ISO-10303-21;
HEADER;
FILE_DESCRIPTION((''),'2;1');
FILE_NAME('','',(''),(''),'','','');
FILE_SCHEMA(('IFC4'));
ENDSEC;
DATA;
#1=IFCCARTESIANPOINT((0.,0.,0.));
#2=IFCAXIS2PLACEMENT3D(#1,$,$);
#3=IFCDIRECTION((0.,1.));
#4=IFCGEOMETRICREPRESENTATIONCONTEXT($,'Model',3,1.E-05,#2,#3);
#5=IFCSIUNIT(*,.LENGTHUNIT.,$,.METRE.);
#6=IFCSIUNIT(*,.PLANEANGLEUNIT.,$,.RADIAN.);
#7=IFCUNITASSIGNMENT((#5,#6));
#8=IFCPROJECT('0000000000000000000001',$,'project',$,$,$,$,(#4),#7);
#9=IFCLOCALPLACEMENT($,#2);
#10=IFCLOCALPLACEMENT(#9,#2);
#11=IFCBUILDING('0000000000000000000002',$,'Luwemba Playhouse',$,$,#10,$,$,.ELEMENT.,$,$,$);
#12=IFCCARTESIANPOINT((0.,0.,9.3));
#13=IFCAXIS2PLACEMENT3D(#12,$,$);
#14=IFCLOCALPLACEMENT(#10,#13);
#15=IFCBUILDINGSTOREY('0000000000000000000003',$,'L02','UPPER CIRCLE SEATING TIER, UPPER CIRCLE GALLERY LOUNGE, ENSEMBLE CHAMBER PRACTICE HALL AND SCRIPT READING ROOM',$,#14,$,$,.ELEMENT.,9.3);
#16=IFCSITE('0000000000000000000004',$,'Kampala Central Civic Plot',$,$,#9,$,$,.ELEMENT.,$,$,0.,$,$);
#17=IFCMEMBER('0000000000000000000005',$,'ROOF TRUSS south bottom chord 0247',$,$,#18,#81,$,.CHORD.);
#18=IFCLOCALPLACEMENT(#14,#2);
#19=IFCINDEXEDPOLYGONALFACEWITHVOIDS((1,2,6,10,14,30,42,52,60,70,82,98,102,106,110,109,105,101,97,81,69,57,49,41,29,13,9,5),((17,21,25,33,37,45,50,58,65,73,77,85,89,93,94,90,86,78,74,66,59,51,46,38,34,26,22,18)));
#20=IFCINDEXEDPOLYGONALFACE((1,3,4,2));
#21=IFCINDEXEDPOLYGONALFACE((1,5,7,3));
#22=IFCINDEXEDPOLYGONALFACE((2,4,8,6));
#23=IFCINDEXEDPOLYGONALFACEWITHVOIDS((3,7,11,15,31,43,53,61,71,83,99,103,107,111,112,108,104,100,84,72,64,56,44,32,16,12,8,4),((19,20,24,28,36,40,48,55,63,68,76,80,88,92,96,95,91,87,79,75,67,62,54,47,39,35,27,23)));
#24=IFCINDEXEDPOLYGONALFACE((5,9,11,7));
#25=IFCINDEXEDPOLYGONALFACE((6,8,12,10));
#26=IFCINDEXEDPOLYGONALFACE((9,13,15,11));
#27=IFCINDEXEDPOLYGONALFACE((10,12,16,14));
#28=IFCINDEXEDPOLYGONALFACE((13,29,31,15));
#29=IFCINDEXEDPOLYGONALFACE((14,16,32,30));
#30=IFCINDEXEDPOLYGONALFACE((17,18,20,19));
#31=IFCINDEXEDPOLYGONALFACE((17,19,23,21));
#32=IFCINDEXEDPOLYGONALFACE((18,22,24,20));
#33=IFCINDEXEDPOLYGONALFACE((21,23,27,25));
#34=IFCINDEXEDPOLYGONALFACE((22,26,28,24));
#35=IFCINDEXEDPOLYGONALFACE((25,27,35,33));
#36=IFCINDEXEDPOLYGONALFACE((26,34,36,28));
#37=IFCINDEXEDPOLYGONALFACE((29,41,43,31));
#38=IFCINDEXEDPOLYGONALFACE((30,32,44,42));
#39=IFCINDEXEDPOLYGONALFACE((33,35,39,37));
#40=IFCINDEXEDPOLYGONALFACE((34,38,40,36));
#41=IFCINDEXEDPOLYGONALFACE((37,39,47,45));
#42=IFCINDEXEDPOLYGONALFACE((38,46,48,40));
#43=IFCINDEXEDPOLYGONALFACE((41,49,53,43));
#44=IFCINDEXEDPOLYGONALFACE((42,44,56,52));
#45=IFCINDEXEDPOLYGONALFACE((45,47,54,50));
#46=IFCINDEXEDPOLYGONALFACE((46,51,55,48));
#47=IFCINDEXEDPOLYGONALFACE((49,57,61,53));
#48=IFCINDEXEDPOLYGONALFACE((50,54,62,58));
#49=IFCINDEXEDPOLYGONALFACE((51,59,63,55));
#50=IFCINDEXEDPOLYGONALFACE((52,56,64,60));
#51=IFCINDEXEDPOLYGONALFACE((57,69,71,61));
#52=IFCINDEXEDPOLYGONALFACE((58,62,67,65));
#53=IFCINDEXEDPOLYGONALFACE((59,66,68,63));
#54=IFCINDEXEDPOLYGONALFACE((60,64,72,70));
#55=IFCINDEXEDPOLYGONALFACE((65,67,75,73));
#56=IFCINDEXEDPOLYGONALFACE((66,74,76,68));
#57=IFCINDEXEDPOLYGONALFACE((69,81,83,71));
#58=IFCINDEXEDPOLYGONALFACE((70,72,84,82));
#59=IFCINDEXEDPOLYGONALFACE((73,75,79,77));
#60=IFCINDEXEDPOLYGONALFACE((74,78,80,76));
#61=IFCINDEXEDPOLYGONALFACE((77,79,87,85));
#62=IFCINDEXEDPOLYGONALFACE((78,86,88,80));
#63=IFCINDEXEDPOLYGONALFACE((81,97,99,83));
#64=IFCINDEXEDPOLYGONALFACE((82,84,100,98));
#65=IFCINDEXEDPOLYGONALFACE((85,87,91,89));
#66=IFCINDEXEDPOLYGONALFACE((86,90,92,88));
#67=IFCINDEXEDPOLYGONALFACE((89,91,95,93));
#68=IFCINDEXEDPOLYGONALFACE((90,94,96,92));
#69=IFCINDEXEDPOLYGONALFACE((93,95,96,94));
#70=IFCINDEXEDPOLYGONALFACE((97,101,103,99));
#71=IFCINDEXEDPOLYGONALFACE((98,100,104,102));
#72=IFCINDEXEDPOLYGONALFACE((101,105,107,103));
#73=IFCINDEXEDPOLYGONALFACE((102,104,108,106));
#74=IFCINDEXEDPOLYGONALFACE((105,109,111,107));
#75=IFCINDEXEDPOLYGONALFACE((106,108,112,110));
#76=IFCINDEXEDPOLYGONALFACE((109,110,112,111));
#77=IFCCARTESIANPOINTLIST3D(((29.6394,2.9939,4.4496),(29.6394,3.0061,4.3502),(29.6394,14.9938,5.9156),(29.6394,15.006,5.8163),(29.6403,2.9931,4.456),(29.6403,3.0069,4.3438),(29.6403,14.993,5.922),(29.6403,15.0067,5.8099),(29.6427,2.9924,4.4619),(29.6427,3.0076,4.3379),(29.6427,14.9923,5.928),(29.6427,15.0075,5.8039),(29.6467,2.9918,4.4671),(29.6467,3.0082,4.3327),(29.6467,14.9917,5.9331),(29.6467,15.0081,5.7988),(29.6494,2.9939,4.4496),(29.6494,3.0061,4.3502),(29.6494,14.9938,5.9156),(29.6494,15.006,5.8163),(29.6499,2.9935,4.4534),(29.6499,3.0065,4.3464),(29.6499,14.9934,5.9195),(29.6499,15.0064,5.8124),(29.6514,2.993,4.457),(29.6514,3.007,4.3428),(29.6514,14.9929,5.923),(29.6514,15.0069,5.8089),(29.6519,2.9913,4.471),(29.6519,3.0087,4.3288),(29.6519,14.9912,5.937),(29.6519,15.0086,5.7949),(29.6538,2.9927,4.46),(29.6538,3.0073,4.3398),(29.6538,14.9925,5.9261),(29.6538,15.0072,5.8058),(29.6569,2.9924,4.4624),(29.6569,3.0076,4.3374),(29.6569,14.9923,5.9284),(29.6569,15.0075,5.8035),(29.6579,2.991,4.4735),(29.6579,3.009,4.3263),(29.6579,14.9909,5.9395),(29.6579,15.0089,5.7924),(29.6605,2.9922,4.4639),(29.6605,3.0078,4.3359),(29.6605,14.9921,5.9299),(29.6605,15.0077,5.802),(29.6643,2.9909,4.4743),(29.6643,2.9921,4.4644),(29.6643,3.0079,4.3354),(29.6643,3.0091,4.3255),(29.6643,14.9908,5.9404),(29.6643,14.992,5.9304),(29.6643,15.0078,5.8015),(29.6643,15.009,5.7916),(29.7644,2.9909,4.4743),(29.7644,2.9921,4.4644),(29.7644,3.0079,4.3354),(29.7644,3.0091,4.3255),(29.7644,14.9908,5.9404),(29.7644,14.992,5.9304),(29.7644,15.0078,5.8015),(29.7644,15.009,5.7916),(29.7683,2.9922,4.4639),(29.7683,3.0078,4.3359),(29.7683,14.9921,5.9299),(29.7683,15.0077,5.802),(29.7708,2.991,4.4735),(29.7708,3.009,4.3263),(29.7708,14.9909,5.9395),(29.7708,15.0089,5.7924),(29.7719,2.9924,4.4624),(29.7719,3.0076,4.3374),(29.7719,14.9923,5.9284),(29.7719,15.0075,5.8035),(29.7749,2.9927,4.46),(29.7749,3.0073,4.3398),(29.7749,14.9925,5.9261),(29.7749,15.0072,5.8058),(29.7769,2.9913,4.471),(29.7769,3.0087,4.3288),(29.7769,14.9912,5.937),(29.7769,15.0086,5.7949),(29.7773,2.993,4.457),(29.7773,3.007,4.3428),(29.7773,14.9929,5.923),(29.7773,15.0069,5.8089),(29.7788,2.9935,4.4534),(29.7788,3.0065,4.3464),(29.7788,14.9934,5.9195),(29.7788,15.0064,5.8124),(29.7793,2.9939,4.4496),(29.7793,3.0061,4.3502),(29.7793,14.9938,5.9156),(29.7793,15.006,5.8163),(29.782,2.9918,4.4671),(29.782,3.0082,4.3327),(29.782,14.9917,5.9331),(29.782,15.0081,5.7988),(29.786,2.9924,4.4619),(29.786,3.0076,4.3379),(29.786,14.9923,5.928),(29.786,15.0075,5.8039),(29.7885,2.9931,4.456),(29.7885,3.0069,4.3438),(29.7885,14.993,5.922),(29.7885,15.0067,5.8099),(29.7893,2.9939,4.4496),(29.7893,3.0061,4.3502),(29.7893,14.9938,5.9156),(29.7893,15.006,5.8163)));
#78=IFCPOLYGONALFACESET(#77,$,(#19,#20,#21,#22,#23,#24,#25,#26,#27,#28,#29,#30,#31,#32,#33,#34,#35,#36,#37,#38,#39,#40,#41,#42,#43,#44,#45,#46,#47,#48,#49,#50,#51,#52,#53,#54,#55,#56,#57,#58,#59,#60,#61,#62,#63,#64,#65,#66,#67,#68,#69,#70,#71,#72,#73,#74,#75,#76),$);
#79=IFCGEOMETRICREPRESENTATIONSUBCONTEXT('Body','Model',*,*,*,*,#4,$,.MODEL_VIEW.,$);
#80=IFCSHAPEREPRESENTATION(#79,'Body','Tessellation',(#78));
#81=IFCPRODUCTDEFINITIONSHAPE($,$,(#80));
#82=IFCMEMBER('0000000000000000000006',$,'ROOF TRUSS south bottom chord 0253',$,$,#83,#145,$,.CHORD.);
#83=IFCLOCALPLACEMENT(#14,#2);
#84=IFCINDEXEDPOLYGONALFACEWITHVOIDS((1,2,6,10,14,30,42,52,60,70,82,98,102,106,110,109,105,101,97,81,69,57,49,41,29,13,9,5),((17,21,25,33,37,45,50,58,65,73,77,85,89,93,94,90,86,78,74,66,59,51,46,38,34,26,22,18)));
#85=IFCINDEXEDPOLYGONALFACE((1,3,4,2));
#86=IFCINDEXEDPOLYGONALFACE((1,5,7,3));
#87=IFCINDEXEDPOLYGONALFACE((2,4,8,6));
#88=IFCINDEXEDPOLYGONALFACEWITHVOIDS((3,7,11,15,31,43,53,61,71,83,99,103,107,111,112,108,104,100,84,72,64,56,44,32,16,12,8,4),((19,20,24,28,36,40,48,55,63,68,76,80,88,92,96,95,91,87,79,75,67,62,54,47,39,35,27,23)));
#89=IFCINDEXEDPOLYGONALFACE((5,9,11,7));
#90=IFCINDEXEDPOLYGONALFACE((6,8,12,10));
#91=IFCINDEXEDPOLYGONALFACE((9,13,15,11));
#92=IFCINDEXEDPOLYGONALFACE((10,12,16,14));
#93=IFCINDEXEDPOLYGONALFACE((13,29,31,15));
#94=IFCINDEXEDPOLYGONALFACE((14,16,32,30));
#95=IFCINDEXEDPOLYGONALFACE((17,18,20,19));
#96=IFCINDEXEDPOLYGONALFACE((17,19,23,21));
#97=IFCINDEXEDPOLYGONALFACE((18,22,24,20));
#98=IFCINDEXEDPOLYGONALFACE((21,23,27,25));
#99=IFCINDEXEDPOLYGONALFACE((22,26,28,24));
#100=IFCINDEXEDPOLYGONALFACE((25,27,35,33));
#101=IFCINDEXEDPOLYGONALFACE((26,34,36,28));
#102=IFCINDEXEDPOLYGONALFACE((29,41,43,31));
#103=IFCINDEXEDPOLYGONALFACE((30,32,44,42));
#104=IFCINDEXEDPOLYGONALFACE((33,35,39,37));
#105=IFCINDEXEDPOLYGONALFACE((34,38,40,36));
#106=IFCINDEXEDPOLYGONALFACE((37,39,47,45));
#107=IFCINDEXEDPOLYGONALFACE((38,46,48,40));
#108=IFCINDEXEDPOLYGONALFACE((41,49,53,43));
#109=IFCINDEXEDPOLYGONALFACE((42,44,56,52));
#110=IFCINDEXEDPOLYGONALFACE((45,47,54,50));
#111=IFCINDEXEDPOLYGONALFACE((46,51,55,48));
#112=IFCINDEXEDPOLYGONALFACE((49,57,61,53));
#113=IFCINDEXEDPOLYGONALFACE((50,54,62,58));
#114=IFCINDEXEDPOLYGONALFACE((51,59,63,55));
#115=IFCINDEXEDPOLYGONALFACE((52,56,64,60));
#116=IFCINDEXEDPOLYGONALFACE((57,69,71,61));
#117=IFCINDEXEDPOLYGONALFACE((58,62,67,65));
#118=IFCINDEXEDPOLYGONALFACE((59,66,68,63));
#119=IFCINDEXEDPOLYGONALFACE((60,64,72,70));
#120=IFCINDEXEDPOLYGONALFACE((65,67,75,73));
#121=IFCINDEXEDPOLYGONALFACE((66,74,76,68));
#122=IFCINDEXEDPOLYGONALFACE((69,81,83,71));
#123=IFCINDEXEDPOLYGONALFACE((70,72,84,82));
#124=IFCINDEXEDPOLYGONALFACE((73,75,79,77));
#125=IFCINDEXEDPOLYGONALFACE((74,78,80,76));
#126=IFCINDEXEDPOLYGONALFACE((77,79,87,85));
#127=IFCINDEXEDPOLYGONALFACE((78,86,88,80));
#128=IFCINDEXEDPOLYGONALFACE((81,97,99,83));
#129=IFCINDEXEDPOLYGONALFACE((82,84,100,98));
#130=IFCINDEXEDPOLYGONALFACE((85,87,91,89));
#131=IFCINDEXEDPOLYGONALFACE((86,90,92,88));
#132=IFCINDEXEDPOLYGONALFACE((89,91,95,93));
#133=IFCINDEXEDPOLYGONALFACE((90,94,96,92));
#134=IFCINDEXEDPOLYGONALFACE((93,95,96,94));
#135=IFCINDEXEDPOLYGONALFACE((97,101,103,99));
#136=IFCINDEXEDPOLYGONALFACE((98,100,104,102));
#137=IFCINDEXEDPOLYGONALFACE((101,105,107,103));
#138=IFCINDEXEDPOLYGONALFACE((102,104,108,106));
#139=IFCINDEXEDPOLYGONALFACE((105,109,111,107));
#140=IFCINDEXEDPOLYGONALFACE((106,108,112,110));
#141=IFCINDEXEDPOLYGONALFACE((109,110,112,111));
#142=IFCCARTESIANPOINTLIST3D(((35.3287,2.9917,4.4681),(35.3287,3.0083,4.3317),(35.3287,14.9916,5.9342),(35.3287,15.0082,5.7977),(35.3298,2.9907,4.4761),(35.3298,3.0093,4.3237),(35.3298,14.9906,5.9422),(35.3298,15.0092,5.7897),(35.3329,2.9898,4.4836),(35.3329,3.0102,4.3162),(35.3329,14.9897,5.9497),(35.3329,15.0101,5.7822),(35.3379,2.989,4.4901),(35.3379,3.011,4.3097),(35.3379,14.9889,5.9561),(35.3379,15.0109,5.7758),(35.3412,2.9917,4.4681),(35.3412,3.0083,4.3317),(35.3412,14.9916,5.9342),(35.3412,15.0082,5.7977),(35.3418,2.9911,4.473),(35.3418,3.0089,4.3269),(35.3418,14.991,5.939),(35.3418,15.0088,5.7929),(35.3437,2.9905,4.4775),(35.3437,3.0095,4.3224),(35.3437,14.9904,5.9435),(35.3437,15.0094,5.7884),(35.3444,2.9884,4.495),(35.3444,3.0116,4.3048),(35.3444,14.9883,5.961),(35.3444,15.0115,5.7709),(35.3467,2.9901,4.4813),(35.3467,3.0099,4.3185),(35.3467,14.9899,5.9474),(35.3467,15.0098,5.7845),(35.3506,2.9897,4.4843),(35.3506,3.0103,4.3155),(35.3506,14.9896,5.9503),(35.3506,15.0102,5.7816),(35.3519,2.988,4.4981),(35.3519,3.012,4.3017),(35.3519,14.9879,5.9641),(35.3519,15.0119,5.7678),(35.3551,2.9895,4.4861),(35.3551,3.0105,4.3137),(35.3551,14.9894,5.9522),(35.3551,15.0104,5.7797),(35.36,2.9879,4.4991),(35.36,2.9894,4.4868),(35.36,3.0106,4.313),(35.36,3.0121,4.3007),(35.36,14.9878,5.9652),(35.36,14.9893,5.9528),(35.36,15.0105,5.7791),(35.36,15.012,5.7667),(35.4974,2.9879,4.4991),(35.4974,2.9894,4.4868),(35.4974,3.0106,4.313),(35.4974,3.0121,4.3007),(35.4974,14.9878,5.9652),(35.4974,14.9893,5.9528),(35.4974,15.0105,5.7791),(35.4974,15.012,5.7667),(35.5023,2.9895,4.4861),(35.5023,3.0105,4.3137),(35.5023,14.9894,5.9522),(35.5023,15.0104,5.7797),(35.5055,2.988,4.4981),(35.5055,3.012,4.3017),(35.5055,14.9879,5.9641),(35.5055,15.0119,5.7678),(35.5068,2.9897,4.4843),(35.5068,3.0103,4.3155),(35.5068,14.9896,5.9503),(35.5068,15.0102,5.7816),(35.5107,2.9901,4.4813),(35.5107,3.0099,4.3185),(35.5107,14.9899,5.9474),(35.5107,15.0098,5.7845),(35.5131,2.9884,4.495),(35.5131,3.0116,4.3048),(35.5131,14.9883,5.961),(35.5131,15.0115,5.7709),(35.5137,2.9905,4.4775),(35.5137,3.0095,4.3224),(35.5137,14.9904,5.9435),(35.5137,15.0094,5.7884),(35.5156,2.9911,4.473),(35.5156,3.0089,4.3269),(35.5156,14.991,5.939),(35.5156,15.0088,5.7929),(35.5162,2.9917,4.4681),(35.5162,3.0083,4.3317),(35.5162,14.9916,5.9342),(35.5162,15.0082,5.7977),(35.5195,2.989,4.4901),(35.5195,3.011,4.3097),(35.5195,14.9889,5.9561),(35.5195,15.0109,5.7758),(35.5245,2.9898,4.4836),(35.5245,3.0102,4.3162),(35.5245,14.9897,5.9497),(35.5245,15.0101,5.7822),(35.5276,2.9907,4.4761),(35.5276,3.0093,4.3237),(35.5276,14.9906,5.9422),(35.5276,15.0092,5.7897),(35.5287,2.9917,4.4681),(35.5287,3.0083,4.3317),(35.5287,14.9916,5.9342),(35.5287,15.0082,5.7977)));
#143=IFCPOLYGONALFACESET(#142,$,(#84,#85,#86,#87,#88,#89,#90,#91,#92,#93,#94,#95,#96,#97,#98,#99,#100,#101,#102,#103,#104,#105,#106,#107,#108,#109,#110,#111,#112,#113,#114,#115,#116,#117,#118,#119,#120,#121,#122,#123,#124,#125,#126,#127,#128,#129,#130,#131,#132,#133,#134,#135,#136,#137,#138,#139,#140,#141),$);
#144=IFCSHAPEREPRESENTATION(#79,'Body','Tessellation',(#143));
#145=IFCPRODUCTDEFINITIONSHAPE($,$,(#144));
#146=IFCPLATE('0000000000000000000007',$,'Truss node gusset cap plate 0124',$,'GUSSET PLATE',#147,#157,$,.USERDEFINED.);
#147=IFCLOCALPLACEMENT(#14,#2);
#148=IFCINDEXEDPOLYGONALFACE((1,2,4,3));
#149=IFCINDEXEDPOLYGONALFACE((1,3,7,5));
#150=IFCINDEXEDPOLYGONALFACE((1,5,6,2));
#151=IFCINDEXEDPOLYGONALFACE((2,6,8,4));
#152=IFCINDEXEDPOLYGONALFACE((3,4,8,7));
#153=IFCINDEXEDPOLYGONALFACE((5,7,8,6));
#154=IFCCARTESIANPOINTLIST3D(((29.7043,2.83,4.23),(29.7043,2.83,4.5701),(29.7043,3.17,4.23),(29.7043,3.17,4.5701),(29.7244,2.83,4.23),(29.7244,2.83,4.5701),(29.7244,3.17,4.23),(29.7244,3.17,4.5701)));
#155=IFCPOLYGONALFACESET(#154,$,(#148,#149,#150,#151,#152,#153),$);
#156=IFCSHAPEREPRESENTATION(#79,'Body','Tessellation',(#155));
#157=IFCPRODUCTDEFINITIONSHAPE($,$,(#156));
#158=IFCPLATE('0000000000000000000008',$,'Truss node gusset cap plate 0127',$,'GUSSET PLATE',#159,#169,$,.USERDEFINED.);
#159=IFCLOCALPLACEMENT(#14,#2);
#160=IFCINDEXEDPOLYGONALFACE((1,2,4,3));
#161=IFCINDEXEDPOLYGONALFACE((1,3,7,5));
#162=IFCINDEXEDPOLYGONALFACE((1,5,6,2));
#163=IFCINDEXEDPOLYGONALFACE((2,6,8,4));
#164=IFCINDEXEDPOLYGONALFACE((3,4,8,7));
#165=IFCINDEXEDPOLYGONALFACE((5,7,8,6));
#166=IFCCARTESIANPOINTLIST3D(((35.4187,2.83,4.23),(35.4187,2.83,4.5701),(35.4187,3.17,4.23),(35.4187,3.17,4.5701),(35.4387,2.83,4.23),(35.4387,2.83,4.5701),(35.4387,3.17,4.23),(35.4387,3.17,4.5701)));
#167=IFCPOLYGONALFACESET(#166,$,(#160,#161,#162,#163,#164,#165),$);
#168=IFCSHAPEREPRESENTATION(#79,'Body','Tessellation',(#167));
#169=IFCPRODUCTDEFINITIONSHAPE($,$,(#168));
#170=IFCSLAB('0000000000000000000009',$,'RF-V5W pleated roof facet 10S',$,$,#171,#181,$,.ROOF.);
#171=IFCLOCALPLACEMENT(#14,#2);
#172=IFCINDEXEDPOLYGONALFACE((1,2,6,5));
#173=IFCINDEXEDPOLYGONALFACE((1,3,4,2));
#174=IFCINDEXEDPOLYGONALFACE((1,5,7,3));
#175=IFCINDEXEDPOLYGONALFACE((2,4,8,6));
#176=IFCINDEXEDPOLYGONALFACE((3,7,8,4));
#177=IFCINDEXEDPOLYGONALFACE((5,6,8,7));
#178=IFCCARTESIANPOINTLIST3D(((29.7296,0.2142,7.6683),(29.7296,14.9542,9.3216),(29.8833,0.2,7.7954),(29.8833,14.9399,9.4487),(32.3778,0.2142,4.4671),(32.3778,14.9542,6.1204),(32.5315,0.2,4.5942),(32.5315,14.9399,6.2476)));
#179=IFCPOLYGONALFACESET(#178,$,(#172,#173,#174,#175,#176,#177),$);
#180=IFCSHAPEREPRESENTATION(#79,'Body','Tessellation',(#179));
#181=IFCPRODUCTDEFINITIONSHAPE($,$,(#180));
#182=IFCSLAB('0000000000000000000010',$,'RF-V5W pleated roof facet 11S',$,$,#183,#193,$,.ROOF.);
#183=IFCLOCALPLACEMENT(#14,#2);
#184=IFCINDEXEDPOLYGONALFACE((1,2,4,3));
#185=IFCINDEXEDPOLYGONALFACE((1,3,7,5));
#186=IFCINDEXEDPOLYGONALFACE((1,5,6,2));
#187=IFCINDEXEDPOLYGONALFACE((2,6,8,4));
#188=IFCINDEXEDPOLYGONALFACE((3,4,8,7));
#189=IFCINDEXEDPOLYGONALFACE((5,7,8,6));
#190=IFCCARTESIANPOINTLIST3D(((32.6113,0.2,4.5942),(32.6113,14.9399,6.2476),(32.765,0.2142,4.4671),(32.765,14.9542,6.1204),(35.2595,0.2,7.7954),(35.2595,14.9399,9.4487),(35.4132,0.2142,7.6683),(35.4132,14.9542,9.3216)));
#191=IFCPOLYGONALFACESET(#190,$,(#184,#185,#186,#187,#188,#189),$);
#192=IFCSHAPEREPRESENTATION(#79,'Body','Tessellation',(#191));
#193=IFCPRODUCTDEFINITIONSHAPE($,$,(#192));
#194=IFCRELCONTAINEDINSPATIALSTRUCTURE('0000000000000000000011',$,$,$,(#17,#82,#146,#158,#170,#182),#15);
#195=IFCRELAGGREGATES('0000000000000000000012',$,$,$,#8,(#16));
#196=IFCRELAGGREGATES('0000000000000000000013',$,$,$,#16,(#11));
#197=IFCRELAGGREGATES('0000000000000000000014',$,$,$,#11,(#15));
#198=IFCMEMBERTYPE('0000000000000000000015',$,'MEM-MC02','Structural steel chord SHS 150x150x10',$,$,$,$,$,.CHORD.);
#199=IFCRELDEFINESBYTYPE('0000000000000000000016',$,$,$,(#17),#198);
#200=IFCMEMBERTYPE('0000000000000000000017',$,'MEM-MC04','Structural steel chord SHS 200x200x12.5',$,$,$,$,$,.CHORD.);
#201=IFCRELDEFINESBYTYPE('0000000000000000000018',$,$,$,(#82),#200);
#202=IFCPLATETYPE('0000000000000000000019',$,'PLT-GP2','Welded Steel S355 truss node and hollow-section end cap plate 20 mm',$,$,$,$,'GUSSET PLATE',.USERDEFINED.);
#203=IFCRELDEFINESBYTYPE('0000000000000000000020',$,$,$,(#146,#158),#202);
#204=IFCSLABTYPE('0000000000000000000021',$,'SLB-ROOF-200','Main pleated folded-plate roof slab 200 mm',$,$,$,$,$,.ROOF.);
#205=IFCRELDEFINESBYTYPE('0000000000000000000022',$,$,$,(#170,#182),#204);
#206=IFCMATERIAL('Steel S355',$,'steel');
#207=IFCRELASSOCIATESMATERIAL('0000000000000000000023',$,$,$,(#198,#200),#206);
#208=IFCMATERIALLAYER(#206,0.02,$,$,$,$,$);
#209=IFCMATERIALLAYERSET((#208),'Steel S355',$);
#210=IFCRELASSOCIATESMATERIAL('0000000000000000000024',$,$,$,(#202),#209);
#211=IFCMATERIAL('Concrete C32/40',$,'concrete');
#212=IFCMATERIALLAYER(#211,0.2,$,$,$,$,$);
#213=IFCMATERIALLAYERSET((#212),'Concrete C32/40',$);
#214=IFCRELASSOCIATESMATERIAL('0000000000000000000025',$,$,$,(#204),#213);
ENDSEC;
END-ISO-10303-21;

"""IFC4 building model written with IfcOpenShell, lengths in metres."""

from ifc_helpers import new_model, si_unit, direction, frame, origin, origin_2d, place, context, subcontext, project, spatial, polyline, rectangle, hollow_rectangle, outline, extrude, material, layer, layer_set, material_profile, profile_set, type_object, element, save


model = new_model("IFC4")

# Units and contexts
model_context = context("Model", 3, precision=1e-05, world=origin(), true_north=direction((0.0, 1.0)))
body_context = subcontext(model_context, "Body", "Model", "MODEL_VIEW")
ifc_project = project(units=[si_unit("LENGTHUNIT", "METRE"), si_unit("PLANEANGLEUNIT", "RADIAN")], contexts=[model_context])

# Site, building, storey
site_placement = place(None, origin())
site = spatial("IfcSite", under=ifc_project, at=site_placement, Name="Kampala Central Civic Plot", CompositionType="ELEMENT", RefElevation=0.0)
building_placement = place(site_placement, origin())
building = spatial("IfcBuilding", under=site, at=building_placement, Name="Luwemba Playhouse", CompositionType="ELEMENT")
storey_placement = place(building_placement, frame((0.0, 0.0, 9.3)))
storey = spatial("IfcBuildingStorey", under=building, at=storey_placement, Name="L02", Description="UPPER CIRCLE SEATING TIER, UPPER CIRCLE GALLERY LOUNGE, ENSEMBLE CHAMBER PRACTICE HALL AND SCRIPT READING ROOM", CompositionType="ELEMENT", Elevation=9.3)

# Shared definitions
ifc_material_1 = material(Name="Steel S355", Category="steel")

# Members
ifc_material_profile_1 = material_profile(ifc_material_1, hollow_rectangle(XDim=0.1499, YDim=0.1499, WallThickness=0.01, InnerFilletRadius=0.0149, OuterFilletRadius=0.0249, at=origin_2d()))
ifc_profile_set_1 = profile_set([ifc_material_profile_1], Name="Steel S355")
member_type_1 = type_object("IfcMemberType", Name="MEM-MC02", Description="Structural steel chord SHS 150x150x10", PredefinedType="CHORD", material=ifc_profile_set_1)
member_1_placement = place(storey_placement, frame((29.7144, 3.0, 4.3999), z_axis=(0.0, 0.99262, 0.12127), x_axis=(-1.0, 0.0, 0.0)))
element("IfcMember", 1, at=member_1_placement, inside=storey, type_object=member_type_1, Name="ROOF TRUSS south bottom chord 0247", PredefinedType="CHORD", context=body_context, shape_type="SweptSolid", body=[
    extrude(hollow_rectangle(XDim=0.1499, YDim=0.1499, WallThickness=0.01, InnerFilletRadius=0.0149, OuterFilletRadius=0.0249, at=origin_2d()), origin(), (0.0, 0.0, 1.0), 12.0891),
])
ifc_material_profile_2 = material_profile(ifc_material_1, hollow_rectangle(XDim=0.2, YDim=0.2, WallThickness=0.0125, InnerFilletRadius=0.0188, OuterFilletRadius=0.0312, at=origin_2d()))
ifc_profile_set_2 = profile_set([ifc_material_profile_2], Name="Steel S355")
member_type_2 = type_object("IfcMemberType", Name="MEM-MC04", Description="Structural steel chord SHS 200x200x12.5", PredefinedType="CHORD", material=ifc_profile_set_2)
member_2_placement = place(storey_placement, frame((35.4287, 3.0, 4.3999), z_axis=(0.0, 0.99262, 0.12127), x_axis=(-1.0, 0.0, 0.0)))
element("IfcMember", 2, at=member_2_placement, inside=storey, type_object=member_type_2, Name="ROOF TRUSS south bottom chord 0253", PredefinedType="CHORD", context=body_context, shape_type="SweptSolid", body=[
    extrude(hollow_rectangle(XDim=0.2, YDim=0.2, WallThickness=0.0125, InnerFilletRadius=0.0188, OuterFilletRadius=0.0312, at=origin_2d()), origin(), (0.0, 0.0, 1.0), 12.0891),
])

# Plates
ifc_layer_1 = layer(ifc_material_1, 0.02)
ifc_layer_set_1 = layer_set([ifc_layer_1], Name="Steel S355")
plate_type = type_object("IfcPlateType", Name="PLT-GP2", Description="Welded Steel S355 truss node and hollow-section end cap plate 20 mm", ElementType="GUSSET PLATE", PredefinedType="USERDEFINED", material=ifc_layer_set_1)
for number, where, z_axis, x_axis, name in (
    (3, (29.7144, 3.0, 4.23), (0.0, 0.0, 1.0), (1.0, 0.0, 0.0), "Truss node gusset cap plate 0124"),
    (4, (35.4287, 3.0, 4.23), (0.0, 0.0, 1.0), (1.0, 0.0, 0.0), "Truss node gusset cap plate 0127"),
):
    element("IfcPlate", number, at=place(storey_placement, frame(where, z_axis=z_axis, x_axis=x_axis)), inside=storey, type_object=plate_type, Name=name, ObjectType="GUSSET PLATE", PredefinedType="USERDEFINED", context=body_context, shape_type="SweptSolid", body=[
        extrude(rectangle(XDim=0.02, YDim=0.3401, at=origin_2d()), origin(), (0.0, 0.0, 1.0), 0.3401),
    ])

# Slabs
ifc_material_2 = material(Name="Concrete C32/40", Category="concrete")
ifc_layer_2 = layer(ifc_material_2, 0.2)
ifc_layer_set_2 = layer_set([ifc_layer_2], Name="Concrete C32/40")
slab_type = type_object("IfcSlabType", Name="SLB-ROOF-200", Description="Main pleated folded-plate roof slab 200 mm", PredefinedType="ROOF", material=ifc_layer_set_2)
slab_1_placement = place(storey_placement, frame((29.8833, 0.2, 7.7954), z_axis=(0.768557, -0.071314, 0.635794), x_axis=(0.637417, 0.0, -0.770519)))
element("IfcSlab", 5, at=slab_1_placement, inside=storey, type_object=slab_type, Name="RF-V5W pleated roof facet 10S", PredefinedType="ROOF", context=body_context, shape_type="SweptSolid", body=[
    extrude(outline(polyline([(0.0, 0.0), (4.1546, 0.0), (2.8807, 14.7776), (-1.2739, 14.7776), (0.0, 0.0)])), origin(), (0.0, 0.0, -1.0), 0.2),
])
slab_2_placement = place(storey_placement, frame((32.6113, 0.2, 4.5942), z_axis=(-0.768557, -0.071314, 0.635794), x_axis=(0.637417, 0.0, 0.770519)))
element("IfcSlab", 6, at=slab_2_placement, inside=storey, type_object=slab_type, Name="RF-V5W pleated roof facet 11S", PredefinedType="ROOF", context=body_context, shape_type="SweptSolid", body=[
    extrude(outline(polyline([(0.0, 0.0), (4.1546, 0.0), (5.4285, 14.7776), (1.2739, 14.7776), (0.0, 0.0)])), origin(), (0.0, 0.0, -1.0), 0.2),
])

save(model, "model.ifc")
